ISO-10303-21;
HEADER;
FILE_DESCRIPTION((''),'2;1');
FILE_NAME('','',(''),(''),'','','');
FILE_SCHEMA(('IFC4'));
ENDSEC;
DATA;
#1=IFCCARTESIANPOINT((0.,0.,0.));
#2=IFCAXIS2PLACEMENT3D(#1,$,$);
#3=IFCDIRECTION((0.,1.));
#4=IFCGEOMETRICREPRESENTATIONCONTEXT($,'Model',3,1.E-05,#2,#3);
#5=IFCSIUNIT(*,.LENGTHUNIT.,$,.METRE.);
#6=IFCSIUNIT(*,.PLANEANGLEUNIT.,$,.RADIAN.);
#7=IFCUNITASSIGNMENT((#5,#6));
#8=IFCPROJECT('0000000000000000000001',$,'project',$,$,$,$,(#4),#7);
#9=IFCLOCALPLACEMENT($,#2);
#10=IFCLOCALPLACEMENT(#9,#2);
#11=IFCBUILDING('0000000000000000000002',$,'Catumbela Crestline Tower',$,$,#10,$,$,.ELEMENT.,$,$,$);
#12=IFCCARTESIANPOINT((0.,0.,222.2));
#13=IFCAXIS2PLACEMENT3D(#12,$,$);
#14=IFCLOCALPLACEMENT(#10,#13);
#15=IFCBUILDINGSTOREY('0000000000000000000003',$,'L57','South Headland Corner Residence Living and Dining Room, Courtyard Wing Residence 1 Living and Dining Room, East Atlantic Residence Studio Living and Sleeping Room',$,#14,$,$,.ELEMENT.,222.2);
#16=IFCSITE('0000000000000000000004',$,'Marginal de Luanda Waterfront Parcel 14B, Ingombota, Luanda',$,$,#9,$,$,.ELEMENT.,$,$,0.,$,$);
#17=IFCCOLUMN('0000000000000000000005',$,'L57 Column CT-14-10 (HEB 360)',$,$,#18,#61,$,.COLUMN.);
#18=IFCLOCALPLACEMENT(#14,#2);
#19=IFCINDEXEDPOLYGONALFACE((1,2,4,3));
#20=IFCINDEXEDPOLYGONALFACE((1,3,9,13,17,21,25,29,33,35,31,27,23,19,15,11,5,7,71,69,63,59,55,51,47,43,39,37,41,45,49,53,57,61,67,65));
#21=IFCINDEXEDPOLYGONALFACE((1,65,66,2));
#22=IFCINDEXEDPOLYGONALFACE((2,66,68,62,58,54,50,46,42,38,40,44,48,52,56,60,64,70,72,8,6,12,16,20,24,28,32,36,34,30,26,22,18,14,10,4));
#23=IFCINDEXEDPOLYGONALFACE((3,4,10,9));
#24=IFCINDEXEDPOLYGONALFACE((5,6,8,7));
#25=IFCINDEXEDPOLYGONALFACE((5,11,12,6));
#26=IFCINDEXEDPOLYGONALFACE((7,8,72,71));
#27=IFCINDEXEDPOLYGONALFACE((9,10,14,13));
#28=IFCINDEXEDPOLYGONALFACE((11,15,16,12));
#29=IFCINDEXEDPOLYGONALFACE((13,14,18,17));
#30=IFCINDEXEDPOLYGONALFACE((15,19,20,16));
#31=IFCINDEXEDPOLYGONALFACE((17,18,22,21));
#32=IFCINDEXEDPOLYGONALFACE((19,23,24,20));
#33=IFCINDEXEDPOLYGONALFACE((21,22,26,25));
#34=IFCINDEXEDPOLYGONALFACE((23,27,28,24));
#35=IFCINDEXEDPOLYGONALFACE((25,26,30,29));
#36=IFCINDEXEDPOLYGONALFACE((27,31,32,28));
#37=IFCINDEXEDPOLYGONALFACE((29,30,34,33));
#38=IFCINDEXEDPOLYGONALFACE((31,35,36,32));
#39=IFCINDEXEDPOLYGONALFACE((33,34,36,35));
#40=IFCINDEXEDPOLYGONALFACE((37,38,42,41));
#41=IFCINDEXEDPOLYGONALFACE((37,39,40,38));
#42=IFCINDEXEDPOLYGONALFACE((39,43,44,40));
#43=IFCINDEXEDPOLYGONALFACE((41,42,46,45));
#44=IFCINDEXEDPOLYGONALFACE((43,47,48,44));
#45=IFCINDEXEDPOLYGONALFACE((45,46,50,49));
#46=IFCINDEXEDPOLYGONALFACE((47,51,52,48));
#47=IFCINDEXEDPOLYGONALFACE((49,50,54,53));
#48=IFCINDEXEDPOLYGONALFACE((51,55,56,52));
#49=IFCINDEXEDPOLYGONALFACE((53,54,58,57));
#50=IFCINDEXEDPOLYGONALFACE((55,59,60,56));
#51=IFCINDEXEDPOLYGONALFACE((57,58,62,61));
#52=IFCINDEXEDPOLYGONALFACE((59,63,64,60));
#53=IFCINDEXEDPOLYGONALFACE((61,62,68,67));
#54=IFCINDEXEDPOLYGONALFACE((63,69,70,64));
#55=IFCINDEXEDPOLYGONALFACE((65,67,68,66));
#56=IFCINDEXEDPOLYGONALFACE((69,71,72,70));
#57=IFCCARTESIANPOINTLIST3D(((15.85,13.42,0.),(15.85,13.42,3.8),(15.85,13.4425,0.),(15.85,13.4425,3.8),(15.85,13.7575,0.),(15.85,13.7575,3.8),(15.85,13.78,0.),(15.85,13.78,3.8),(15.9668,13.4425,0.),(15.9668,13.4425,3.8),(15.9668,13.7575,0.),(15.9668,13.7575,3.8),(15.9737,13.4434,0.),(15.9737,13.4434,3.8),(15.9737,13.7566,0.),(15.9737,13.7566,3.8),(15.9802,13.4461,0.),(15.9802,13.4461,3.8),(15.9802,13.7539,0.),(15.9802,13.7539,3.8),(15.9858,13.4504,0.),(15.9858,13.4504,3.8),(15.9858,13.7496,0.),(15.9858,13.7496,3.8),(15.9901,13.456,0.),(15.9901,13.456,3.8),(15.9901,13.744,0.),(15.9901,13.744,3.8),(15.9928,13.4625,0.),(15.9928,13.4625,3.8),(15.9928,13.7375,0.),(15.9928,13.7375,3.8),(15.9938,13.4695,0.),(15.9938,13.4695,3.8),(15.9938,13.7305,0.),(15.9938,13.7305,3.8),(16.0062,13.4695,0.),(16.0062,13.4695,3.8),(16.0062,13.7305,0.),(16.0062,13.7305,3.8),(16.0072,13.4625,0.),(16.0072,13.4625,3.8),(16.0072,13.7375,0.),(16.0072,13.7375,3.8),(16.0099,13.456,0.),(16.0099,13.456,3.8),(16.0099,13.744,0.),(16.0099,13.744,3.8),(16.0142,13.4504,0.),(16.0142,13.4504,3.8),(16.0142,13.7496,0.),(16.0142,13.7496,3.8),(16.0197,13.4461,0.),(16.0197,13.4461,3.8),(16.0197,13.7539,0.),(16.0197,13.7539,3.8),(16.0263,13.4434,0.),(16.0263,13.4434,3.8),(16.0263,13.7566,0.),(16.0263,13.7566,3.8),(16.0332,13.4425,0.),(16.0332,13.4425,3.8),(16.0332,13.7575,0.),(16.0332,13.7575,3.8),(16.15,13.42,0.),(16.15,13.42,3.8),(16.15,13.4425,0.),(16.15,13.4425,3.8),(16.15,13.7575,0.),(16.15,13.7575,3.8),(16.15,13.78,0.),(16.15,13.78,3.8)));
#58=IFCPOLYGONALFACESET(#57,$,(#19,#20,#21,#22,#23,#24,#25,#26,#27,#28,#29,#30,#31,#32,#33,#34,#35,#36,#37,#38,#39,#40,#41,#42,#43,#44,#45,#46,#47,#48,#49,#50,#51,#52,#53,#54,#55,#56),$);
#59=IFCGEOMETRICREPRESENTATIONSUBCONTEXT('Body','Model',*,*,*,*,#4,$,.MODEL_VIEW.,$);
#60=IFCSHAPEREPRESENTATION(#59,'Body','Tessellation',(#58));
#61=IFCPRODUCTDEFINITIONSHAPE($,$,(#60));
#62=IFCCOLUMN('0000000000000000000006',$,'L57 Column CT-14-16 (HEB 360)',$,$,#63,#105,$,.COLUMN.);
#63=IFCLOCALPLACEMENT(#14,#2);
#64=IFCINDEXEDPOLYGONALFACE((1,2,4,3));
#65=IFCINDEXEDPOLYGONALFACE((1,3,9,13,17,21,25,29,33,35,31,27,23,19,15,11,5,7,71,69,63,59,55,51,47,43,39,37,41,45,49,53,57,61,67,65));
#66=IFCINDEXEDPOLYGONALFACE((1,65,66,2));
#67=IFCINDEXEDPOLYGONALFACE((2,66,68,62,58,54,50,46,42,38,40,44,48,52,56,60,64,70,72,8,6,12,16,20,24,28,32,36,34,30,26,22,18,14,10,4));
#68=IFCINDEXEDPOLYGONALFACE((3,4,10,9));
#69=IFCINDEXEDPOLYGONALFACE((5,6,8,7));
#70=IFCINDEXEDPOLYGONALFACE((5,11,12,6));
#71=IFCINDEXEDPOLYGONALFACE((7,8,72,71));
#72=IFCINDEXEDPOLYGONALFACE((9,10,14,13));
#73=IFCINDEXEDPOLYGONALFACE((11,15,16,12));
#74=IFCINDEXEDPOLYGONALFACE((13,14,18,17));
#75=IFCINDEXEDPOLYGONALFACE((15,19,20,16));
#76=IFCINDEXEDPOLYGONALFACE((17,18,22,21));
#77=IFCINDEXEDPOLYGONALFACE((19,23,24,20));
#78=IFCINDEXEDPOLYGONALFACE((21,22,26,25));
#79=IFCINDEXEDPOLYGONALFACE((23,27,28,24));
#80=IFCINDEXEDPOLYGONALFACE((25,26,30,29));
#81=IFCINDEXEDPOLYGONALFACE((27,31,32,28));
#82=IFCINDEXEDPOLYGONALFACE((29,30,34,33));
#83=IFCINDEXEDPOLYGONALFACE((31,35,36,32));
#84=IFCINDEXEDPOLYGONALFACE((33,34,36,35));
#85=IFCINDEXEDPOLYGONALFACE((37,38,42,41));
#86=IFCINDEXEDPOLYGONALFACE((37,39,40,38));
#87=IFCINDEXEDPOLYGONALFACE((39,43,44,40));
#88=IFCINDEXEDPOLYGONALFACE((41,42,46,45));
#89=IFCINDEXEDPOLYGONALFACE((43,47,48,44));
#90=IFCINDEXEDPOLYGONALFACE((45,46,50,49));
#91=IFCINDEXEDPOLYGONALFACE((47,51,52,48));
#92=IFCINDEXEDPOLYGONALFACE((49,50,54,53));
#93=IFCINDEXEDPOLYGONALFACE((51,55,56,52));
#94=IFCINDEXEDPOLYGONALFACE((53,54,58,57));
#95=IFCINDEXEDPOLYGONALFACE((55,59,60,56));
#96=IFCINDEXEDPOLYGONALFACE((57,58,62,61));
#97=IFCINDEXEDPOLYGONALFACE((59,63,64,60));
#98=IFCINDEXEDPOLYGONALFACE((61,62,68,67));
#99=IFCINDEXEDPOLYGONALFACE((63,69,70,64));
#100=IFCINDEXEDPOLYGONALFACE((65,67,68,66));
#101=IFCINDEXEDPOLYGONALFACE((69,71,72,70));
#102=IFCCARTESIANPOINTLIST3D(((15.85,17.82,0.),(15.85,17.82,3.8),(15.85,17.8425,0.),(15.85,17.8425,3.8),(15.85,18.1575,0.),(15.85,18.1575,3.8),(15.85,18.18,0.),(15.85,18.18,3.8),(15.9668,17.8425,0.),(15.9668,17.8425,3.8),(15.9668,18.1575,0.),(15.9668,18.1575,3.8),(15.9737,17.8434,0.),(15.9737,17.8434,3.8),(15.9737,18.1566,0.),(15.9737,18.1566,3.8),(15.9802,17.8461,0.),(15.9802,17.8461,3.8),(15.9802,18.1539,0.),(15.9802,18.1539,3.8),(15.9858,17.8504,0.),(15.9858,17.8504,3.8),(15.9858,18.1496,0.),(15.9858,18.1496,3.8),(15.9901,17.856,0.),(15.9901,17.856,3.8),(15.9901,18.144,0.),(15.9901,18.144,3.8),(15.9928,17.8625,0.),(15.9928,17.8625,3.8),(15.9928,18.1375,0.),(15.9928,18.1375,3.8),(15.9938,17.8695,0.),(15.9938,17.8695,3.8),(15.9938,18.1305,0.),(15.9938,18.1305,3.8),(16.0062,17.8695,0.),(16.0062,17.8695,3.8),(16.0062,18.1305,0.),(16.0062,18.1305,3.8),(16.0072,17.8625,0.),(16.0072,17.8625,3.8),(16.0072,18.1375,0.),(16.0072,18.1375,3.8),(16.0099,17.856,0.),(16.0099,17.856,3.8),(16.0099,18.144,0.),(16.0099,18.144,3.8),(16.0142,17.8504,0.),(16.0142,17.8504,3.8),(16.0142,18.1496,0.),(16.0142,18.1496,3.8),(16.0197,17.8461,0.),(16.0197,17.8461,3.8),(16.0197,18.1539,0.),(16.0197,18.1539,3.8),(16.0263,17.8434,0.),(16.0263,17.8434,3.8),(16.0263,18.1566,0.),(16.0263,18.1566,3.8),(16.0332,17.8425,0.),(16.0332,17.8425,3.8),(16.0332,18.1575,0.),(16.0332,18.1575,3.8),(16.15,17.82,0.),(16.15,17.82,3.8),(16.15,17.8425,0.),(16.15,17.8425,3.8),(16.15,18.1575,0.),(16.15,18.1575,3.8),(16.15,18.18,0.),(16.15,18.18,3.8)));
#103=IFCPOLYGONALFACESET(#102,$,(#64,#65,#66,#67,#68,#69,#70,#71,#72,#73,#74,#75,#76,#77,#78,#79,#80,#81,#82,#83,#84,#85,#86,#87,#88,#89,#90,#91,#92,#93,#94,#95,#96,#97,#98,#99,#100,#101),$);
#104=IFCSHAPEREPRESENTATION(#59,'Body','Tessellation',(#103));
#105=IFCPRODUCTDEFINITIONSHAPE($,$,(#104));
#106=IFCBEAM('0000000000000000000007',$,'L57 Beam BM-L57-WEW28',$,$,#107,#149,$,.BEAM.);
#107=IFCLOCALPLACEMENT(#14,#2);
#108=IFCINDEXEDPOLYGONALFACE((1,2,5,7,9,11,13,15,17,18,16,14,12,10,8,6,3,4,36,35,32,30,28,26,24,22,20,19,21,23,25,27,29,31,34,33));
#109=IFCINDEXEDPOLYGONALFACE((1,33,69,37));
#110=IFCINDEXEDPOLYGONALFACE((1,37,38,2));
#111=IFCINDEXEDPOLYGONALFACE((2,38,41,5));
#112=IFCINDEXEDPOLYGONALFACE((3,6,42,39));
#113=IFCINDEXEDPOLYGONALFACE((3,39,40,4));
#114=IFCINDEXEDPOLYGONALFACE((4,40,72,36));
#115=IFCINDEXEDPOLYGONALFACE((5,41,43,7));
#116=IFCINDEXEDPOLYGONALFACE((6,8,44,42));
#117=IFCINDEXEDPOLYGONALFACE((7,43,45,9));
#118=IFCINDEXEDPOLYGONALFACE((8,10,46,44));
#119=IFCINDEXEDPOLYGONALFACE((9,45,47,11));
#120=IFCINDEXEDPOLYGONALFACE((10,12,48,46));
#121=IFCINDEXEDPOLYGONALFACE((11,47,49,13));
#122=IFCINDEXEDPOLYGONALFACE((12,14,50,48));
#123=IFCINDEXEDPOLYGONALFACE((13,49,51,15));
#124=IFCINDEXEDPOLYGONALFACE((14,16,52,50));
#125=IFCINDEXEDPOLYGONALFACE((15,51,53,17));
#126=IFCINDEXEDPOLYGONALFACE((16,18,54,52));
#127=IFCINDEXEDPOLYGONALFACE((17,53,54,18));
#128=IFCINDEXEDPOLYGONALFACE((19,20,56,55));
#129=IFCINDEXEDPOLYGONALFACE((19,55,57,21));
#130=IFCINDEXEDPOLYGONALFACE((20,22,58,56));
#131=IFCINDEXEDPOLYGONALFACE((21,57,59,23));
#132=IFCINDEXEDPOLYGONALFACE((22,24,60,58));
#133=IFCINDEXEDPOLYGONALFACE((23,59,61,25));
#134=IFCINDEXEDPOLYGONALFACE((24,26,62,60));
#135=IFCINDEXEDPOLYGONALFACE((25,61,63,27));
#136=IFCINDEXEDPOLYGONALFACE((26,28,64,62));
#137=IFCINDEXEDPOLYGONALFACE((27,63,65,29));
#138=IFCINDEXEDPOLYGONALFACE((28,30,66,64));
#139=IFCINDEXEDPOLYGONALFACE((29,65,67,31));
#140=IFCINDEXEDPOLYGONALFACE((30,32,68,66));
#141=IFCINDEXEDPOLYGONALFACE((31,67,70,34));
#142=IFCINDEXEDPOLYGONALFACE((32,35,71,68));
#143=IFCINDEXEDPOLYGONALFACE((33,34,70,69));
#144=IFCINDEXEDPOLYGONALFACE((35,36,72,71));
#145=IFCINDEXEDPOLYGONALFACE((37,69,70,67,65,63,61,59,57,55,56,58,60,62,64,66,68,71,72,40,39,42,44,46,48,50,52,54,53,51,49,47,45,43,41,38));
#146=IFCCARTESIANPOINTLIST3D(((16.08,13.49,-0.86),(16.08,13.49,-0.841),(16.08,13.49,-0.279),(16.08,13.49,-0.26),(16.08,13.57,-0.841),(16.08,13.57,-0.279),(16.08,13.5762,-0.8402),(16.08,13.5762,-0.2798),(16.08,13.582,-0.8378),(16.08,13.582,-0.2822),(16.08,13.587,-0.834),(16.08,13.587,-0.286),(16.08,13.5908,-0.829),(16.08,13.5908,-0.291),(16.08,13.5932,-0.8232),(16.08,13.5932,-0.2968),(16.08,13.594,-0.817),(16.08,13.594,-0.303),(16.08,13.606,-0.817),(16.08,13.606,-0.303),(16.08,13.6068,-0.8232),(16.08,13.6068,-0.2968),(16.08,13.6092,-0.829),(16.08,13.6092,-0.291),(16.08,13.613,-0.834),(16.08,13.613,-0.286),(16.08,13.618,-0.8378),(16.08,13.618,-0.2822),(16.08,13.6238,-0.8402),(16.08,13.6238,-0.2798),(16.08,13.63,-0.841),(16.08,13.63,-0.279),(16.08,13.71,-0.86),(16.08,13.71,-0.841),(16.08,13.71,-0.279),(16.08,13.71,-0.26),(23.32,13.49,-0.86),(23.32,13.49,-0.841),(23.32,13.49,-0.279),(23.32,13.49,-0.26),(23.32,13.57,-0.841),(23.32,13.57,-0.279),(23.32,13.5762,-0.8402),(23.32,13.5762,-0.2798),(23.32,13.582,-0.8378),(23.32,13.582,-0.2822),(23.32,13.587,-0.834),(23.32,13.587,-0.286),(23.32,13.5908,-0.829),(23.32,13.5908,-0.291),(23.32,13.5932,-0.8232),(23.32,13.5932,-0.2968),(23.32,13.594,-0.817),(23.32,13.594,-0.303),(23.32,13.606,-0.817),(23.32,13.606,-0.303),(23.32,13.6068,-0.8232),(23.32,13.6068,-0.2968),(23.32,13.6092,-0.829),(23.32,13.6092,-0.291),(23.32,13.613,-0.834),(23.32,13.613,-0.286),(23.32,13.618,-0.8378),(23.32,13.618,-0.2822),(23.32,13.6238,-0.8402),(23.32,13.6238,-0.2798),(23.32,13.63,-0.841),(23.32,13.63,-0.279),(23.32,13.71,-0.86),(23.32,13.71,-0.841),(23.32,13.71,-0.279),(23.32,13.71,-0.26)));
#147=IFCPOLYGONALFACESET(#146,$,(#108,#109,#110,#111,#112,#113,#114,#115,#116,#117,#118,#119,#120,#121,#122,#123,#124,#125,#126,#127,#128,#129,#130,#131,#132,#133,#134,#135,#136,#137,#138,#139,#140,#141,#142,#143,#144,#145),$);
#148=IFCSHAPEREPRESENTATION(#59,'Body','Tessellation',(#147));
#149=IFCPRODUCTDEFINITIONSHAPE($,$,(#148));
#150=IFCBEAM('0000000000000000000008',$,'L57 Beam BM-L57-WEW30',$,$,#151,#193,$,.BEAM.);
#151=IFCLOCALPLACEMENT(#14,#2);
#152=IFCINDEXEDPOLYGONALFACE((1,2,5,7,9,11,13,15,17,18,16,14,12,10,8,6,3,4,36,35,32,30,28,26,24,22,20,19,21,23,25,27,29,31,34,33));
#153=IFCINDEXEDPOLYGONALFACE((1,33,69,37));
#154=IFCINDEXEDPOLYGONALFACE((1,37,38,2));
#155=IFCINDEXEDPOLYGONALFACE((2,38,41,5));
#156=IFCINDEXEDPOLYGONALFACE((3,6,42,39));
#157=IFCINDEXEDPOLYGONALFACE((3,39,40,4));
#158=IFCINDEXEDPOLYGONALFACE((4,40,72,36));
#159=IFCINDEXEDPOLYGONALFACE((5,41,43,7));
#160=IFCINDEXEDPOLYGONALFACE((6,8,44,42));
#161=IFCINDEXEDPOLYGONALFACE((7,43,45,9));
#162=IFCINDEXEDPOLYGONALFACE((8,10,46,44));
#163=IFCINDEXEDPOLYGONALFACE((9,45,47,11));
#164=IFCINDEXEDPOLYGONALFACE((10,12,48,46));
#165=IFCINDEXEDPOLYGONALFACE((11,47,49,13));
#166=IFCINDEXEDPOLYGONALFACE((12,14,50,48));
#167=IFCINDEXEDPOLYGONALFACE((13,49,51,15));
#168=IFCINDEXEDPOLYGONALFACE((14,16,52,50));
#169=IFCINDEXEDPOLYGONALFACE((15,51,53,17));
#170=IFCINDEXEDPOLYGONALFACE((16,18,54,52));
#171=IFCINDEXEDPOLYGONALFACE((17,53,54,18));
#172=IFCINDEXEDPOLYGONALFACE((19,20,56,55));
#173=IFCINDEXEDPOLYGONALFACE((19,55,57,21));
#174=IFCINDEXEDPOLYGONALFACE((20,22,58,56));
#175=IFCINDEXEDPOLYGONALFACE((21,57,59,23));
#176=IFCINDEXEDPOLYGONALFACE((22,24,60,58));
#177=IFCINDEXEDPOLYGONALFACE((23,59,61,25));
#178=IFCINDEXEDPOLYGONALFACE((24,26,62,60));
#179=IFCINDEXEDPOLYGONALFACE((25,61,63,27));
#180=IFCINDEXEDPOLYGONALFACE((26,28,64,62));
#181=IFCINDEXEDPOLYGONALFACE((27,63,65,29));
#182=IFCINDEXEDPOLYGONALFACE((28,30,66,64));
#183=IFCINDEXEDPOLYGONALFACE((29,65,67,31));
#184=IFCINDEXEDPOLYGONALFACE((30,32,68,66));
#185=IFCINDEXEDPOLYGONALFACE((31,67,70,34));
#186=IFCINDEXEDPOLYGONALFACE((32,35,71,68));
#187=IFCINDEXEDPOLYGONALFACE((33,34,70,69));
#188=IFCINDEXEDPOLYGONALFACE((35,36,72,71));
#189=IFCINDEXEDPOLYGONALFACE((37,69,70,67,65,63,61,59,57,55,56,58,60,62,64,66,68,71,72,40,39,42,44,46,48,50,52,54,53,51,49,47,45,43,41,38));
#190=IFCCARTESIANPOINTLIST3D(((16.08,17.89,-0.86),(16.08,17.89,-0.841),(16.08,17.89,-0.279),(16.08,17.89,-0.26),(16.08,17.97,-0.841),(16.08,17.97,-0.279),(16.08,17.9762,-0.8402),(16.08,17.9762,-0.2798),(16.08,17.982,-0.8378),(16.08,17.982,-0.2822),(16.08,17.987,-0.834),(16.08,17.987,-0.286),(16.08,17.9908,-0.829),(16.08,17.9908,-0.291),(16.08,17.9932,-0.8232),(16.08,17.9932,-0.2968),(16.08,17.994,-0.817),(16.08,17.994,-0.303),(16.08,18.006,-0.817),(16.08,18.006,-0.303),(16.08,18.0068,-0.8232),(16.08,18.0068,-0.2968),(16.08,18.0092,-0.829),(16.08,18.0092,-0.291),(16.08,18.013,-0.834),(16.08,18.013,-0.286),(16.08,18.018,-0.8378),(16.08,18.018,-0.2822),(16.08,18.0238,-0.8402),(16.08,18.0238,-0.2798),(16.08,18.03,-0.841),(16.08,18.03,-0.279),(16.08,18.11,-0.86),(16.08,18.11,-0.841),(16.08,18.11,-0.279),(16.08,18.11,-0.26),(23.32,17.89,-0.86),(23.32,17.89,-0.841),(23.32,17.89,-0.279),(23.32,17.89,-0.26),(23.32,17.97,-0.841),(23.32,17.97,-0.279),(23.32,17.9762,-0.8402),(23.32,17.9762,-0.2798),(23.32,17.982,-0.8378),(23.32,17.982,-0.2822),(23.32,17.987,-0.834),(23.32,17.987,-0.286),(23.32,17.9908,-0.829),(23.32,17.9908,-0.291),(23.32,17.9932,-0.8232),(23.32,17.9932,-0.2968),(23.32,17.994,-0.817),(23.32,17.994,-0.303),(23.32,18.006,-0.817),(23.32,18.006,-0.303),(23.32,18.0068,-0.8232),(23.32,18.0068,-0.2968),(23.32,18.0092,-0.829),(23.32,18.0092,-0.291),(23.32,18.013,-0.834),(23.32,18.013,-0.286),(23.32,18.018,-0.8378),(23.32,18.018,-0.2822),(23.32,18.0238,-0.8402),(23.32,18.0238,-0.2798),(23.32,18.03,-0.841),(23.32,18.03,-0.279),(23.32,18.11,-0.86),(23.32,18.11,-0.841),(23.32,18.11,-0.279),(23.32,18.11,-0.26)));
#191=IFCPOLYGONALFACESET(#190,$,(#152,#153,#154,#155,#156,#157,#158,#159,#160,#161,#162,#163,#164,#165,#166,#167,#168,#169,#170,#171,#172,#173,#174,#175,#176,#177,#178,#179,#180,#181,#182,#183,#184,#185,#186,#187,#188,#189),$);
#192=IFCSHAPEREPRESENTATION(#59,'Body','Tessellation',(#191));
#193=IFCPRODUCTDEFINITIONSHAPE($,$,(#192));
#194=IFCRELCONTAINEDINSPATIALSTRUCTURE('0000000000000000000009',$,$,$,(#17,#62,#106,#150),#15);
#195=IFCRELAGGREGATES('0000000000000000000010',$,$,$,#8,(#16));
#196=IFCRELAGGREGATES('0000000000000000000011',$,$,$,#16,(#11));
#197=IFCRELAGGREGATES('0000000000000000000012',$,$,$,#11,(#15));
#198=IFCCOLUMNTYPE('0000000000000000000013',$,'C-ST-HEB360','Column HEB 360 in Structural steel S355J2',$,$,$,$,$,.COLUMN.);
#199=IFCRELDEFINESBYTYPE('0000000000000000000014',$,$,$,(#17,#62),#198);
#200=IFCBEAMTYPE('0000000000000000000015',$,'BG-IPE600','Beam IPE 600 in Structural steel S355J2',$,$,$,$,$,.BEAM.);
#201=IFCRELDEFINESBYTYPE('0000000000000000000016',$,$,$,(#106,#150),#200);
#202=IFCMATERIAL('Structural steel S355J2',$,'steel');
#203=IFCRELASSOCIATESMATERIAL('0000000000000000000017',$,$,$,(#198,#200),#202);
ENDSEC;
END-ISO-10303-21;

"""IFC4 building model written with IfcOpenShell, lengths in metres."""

from ifc_helpers import new_model, si_unit, direction, frame, origin, origin_2d, place, context, subcontext, project, spatial, i_section, extrude, material, material_profile, profile_set, type_object, element, save


model = new_model("IFC4")

# Units and contexts
model_context = context("Model", 3, precision=1e-05, world=origin(), true_north=direction((0.0, 1.0)))
body_context = subcontext(model_context, "Body", "Model", "MODEL_VIEW")
ifc_project = project(units=[si_unit("LENGTHUNIT", "METRE"), si_unit("PLANEANGLEUNIT", "RADIAN")], contexts=[model_context])

# Site, building, storey
site_placement = place(None, origin())
site = spatial("IfcSite", under=ifc_project, at=site_placement, Name="Marginal de Luanda Waterfront Parcel 14B, Ingombota, Luanda", CompositionType="ELEMENT", RefElevation=0.0)
building_placement = place(site_placement, origin())
building = spatial("IfcBuilding", under=site, at=building_placement, Name="Catumbela Crestline Tower", CompositionType="ELEMENT")
storey_placement = place(building_placement, frame((0.0, 0.0, 222.2)))
storey = spatial("IfcBuildingStorey", under=building, at=storey_placement, Name="L57", Description="South Headland Corner Residence Living and Dining Room, Courtyard Wing Residence 1 Living and Dining Room, East Atlantic Residence Studio Living and Sleeping Room", CompositionType="ELEMENT", Elevation=222.2)

# Columns
ifc_material_1 = material(Name="Structural steel S355J2", Category="steel")
ifc_material_profile_1 = material_profile(ifc_material_1, i_section(OverallWidth=0.3, OverallDepth=0.36, WebThickness=0.0125, FlangeThickness=0.0225, FilletRadius=0.027, at=origin_2d()), Name="HEB 360")
ifc_profile_set_1 = profile_set([ifc_material_profile_1], Name="Structural steel S355J2")
column_type = type_object("IfcColumnType", Name="C-ST-HEB360", Description="Column HEB 360 in Structural steel S355J2", PredefinedType="COLUMN", material=ifc_profile_set_1)
for number, where, z_axis, x_axis, name in (
    (1, (16.0, 13.6, 0.0), (0.0, 0.0, 1.0), (1.0, 0.0, 0.0), "L57 Column CT-14-10 (HEB 360)"),
    (2, (16.0, 18.0, 0.0), (0.0, 0.0, 1.0), (1.0, 0.0, 0.0), "L57 Column CT-14-16 (HEB 360)"),
):
    element("IfcColumn", number, at=place(storey_placement, frame(where, z_axis=z_axis, x_axis=x_axis)), inside=storey, type_object=column_type, Name=name, PredefinedType="COLUMN", context=body_context, shape_type="SweptSolid", body=[
        extrude(i_section(OverallWidth=0.3, OverallDepth=0.36, WebThickness=0.0125, FlangeThickness=0.0225, FilletRadius=0.027, at=origin_2d()), origin(), (0.0, 0.0, 1.0), 3.8),
    ])

# Beams
ifc_material_profile_2 = material_profile(ifc_material_1, i_section(OverallWidth=0.22, OverallDepth=0.6, WebThickness=0.012, FlangeThickness=0.019, FilletRadius=0.024, at=origin_2d()), Name="IPE 600")
ifc_profile_set_2 = profile_set([ifc_material_profile_2], Name="Structural steel S355J2")
beam_type_1 = type_object("IfcBeamType", Name="BG-IPE600", Description="Beam IPE 600 in Structural steel S355J2", PredefinedType="BEAM", material=ifc_profile_set_2)
for number, where, z_axis, x_axis, name in (
    (3, (16.08, 13.6, -0.56), (1.0, 0.0, 0.0), (0.0, 1.0, 0.0), "L57 Beam BM-L57-WEW28"),
    (4, (16.08, 18.0, -0.56), (1.0, 0.0, 0.0), (0.0, 1.0, 0.0), "L57 Beam BM-L57-WEW30"),
):
    element("IfcBeam", number, at=place(storey_placement, frame(where, z_axis=z_axis, x_axis=x_axis)), inside=storey, type_object=beam_type_1, Name=name, PredefinedType="BEAM", context=body_context, shape_type="SweptSolid", body=[
        extrude(i_section(OverallWidth=0.22, OverallDepth=0.6, WebThickness=0.012, FlangeThickness=0.019, FilletRadius=0.024, at=origin_2d()), origin(), (0.0, 0.0, 1.0), 7.24),
    ])

save(model, "model.ifc")
